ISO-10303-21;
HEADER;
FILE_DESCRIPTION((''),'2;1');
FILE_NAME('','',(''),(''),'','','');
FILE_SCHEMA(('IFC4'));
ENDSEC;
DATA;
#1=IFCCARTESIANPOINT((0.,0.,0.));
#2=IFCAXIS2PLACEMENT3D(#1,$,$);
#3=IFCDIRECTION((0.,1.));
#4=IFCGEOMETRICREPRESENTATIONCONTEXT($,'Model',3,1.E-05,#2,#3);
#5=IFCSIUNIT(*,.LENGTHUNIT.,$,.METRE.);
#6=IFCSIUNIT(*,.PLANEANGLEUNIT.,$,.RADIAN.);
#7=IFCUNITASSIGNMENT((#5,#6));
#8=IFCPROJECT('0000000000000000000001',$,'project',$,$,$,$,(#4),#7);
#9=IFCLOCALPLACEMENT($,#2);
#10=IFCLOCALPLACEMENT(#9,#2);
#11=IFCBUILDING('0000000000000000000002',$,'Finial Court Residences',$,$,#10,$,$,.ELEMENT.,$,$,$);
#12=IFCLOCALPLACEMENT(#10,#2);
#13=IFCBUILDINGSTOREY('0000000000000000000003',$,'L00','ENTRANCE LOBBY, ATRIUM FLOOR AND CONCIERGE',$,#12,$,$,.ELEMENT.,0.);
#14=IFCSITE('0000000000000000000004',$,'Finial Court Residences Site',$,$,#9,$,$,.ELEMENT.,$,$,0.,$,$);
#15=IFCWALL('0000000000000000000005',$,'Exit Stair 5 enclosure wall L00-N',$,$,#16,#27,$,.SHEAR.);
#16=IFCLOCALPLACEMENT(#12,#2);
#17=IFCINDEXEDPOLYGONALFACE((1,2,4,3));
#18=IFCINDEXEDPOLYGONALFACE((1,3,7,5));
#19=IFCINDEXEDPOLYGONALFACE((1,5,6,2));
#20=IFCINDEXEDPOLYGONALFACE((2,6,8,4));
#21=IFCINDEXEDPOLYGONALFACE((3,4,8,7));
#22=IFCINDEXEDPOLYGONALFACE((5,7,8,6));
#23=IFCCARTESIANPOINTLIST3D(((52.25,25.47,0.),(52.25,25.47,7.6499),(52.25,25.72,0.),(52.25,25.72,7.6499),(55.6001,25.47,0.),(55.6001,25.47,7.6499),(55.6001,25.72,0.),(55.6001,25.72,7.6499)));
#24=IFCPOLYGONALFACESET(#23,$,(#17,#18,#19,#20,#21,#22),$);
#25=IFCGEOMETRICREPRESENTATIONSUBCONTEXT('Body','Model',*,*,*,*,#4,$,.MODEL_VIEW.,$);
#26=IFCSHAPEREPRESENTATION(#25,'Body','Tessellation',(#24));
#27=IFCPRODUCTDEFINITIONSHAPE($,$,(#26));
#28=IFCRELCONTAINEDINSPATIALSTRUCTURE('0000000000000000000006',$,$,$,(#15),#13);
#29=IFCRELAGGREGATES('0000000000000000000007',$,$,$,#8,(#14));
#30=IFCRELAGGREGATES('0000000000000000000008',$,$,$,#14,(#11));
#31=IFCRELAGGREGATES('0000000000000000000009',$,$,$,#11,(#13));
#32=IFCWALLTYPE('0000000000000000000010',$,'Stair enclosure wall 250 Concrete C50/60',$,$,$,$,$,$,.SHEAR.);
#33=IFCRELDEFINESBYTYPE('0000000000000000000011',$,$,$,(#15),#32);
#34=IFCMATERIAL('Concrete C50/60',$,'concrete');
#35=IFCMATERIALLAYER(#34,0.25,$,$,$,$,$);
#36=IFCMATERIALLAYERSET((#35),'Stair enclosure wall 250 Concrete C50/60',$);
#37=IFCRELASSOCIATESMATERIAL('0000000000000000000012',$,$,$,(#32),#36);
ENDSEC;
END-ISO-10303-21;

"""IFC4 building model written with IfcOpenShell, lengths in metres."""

from ifc_helpers import new_model, si_unit, direction, frame, frame_2d, origin, place, context, subcontext, project, spatial, rectangle, extrude, material, layer, layer_set, type_object, element, save


model = new_model("IFC4")

# Units and contexts
model_context = context("Model", 3, precision=1e-05, world=origin(), true_north=direction((0.0, 1.0)))
body_context = subcontext(model_context, "Body", "Model", "MODEL_VIEW")
ifc_project = project(units=[si_unit("LENGTHUNIT", "METRE"), si_unit("PLANEANGLEUNIT", "RADIAN")], contexts=[model_context])

# Site, building, storey
site_placement = place(None, origin())
site = spatial("IfcSite", under=ifc_project, at=site_placement, Name="Finial Court Residences Site", CompositionType="ELEMENT", RefElevation=0.0)
building_placement = place(site_placement, origin())
building = spatial("IfcBuilding", under=site, at=building_placement, Name="Finial Court Residences", CompositionType="ELEMENT")
storey_placement = place(building_placement, origin())
storey = spatial("IfcBuildingStorey", under=building, at=storey_placement, Name="L00", Description="ENTRANCE LOBBY, ATRIUM FLOOR AND CONCIERGE", CompositionType="ELEMENT", Elevation=0.0)

# Shared definitions
ifc_material_1 = material(Name="Concrete C50/60", Category="concrete")

# Wall
ifc_layer_1 = layer(ifc_material_1, 0.25)
ifc_layer_set_1 = layer_set([ifc_layer_1], Name="Stair enclosure wall 250 Concrete C50/60")
wall_type_1 = type_object("IfcWallType", Name="Stair enclosure wall 250 Concrete C50/60", PredefinedType="SHEAR", material=ifc_layer_set_1)
wall_1_placement = place(storey_placement, frame((52.25, 25.595, 0.0), z_axis=(0.0, 0.0, 1.0), x_axis=(1.0, 0.0, 0.0)))
element("IfcWall", 1, at=wall_1_placement, inside=storey, type_object=wall_type_1, Name="Exit Stair 5 enclosure wall L00-N", PredefinedType="SHEAR", context=body_context, shape_type="SweptSolid", body=[
    extrude(rectangle(XDim=3.3501, YDim=0.25, at=frame_2d((1.675, 0.0))), origin(), (0.0, 0.0, 1.0), 7.6499),
])

save(model, "model.ifc")
